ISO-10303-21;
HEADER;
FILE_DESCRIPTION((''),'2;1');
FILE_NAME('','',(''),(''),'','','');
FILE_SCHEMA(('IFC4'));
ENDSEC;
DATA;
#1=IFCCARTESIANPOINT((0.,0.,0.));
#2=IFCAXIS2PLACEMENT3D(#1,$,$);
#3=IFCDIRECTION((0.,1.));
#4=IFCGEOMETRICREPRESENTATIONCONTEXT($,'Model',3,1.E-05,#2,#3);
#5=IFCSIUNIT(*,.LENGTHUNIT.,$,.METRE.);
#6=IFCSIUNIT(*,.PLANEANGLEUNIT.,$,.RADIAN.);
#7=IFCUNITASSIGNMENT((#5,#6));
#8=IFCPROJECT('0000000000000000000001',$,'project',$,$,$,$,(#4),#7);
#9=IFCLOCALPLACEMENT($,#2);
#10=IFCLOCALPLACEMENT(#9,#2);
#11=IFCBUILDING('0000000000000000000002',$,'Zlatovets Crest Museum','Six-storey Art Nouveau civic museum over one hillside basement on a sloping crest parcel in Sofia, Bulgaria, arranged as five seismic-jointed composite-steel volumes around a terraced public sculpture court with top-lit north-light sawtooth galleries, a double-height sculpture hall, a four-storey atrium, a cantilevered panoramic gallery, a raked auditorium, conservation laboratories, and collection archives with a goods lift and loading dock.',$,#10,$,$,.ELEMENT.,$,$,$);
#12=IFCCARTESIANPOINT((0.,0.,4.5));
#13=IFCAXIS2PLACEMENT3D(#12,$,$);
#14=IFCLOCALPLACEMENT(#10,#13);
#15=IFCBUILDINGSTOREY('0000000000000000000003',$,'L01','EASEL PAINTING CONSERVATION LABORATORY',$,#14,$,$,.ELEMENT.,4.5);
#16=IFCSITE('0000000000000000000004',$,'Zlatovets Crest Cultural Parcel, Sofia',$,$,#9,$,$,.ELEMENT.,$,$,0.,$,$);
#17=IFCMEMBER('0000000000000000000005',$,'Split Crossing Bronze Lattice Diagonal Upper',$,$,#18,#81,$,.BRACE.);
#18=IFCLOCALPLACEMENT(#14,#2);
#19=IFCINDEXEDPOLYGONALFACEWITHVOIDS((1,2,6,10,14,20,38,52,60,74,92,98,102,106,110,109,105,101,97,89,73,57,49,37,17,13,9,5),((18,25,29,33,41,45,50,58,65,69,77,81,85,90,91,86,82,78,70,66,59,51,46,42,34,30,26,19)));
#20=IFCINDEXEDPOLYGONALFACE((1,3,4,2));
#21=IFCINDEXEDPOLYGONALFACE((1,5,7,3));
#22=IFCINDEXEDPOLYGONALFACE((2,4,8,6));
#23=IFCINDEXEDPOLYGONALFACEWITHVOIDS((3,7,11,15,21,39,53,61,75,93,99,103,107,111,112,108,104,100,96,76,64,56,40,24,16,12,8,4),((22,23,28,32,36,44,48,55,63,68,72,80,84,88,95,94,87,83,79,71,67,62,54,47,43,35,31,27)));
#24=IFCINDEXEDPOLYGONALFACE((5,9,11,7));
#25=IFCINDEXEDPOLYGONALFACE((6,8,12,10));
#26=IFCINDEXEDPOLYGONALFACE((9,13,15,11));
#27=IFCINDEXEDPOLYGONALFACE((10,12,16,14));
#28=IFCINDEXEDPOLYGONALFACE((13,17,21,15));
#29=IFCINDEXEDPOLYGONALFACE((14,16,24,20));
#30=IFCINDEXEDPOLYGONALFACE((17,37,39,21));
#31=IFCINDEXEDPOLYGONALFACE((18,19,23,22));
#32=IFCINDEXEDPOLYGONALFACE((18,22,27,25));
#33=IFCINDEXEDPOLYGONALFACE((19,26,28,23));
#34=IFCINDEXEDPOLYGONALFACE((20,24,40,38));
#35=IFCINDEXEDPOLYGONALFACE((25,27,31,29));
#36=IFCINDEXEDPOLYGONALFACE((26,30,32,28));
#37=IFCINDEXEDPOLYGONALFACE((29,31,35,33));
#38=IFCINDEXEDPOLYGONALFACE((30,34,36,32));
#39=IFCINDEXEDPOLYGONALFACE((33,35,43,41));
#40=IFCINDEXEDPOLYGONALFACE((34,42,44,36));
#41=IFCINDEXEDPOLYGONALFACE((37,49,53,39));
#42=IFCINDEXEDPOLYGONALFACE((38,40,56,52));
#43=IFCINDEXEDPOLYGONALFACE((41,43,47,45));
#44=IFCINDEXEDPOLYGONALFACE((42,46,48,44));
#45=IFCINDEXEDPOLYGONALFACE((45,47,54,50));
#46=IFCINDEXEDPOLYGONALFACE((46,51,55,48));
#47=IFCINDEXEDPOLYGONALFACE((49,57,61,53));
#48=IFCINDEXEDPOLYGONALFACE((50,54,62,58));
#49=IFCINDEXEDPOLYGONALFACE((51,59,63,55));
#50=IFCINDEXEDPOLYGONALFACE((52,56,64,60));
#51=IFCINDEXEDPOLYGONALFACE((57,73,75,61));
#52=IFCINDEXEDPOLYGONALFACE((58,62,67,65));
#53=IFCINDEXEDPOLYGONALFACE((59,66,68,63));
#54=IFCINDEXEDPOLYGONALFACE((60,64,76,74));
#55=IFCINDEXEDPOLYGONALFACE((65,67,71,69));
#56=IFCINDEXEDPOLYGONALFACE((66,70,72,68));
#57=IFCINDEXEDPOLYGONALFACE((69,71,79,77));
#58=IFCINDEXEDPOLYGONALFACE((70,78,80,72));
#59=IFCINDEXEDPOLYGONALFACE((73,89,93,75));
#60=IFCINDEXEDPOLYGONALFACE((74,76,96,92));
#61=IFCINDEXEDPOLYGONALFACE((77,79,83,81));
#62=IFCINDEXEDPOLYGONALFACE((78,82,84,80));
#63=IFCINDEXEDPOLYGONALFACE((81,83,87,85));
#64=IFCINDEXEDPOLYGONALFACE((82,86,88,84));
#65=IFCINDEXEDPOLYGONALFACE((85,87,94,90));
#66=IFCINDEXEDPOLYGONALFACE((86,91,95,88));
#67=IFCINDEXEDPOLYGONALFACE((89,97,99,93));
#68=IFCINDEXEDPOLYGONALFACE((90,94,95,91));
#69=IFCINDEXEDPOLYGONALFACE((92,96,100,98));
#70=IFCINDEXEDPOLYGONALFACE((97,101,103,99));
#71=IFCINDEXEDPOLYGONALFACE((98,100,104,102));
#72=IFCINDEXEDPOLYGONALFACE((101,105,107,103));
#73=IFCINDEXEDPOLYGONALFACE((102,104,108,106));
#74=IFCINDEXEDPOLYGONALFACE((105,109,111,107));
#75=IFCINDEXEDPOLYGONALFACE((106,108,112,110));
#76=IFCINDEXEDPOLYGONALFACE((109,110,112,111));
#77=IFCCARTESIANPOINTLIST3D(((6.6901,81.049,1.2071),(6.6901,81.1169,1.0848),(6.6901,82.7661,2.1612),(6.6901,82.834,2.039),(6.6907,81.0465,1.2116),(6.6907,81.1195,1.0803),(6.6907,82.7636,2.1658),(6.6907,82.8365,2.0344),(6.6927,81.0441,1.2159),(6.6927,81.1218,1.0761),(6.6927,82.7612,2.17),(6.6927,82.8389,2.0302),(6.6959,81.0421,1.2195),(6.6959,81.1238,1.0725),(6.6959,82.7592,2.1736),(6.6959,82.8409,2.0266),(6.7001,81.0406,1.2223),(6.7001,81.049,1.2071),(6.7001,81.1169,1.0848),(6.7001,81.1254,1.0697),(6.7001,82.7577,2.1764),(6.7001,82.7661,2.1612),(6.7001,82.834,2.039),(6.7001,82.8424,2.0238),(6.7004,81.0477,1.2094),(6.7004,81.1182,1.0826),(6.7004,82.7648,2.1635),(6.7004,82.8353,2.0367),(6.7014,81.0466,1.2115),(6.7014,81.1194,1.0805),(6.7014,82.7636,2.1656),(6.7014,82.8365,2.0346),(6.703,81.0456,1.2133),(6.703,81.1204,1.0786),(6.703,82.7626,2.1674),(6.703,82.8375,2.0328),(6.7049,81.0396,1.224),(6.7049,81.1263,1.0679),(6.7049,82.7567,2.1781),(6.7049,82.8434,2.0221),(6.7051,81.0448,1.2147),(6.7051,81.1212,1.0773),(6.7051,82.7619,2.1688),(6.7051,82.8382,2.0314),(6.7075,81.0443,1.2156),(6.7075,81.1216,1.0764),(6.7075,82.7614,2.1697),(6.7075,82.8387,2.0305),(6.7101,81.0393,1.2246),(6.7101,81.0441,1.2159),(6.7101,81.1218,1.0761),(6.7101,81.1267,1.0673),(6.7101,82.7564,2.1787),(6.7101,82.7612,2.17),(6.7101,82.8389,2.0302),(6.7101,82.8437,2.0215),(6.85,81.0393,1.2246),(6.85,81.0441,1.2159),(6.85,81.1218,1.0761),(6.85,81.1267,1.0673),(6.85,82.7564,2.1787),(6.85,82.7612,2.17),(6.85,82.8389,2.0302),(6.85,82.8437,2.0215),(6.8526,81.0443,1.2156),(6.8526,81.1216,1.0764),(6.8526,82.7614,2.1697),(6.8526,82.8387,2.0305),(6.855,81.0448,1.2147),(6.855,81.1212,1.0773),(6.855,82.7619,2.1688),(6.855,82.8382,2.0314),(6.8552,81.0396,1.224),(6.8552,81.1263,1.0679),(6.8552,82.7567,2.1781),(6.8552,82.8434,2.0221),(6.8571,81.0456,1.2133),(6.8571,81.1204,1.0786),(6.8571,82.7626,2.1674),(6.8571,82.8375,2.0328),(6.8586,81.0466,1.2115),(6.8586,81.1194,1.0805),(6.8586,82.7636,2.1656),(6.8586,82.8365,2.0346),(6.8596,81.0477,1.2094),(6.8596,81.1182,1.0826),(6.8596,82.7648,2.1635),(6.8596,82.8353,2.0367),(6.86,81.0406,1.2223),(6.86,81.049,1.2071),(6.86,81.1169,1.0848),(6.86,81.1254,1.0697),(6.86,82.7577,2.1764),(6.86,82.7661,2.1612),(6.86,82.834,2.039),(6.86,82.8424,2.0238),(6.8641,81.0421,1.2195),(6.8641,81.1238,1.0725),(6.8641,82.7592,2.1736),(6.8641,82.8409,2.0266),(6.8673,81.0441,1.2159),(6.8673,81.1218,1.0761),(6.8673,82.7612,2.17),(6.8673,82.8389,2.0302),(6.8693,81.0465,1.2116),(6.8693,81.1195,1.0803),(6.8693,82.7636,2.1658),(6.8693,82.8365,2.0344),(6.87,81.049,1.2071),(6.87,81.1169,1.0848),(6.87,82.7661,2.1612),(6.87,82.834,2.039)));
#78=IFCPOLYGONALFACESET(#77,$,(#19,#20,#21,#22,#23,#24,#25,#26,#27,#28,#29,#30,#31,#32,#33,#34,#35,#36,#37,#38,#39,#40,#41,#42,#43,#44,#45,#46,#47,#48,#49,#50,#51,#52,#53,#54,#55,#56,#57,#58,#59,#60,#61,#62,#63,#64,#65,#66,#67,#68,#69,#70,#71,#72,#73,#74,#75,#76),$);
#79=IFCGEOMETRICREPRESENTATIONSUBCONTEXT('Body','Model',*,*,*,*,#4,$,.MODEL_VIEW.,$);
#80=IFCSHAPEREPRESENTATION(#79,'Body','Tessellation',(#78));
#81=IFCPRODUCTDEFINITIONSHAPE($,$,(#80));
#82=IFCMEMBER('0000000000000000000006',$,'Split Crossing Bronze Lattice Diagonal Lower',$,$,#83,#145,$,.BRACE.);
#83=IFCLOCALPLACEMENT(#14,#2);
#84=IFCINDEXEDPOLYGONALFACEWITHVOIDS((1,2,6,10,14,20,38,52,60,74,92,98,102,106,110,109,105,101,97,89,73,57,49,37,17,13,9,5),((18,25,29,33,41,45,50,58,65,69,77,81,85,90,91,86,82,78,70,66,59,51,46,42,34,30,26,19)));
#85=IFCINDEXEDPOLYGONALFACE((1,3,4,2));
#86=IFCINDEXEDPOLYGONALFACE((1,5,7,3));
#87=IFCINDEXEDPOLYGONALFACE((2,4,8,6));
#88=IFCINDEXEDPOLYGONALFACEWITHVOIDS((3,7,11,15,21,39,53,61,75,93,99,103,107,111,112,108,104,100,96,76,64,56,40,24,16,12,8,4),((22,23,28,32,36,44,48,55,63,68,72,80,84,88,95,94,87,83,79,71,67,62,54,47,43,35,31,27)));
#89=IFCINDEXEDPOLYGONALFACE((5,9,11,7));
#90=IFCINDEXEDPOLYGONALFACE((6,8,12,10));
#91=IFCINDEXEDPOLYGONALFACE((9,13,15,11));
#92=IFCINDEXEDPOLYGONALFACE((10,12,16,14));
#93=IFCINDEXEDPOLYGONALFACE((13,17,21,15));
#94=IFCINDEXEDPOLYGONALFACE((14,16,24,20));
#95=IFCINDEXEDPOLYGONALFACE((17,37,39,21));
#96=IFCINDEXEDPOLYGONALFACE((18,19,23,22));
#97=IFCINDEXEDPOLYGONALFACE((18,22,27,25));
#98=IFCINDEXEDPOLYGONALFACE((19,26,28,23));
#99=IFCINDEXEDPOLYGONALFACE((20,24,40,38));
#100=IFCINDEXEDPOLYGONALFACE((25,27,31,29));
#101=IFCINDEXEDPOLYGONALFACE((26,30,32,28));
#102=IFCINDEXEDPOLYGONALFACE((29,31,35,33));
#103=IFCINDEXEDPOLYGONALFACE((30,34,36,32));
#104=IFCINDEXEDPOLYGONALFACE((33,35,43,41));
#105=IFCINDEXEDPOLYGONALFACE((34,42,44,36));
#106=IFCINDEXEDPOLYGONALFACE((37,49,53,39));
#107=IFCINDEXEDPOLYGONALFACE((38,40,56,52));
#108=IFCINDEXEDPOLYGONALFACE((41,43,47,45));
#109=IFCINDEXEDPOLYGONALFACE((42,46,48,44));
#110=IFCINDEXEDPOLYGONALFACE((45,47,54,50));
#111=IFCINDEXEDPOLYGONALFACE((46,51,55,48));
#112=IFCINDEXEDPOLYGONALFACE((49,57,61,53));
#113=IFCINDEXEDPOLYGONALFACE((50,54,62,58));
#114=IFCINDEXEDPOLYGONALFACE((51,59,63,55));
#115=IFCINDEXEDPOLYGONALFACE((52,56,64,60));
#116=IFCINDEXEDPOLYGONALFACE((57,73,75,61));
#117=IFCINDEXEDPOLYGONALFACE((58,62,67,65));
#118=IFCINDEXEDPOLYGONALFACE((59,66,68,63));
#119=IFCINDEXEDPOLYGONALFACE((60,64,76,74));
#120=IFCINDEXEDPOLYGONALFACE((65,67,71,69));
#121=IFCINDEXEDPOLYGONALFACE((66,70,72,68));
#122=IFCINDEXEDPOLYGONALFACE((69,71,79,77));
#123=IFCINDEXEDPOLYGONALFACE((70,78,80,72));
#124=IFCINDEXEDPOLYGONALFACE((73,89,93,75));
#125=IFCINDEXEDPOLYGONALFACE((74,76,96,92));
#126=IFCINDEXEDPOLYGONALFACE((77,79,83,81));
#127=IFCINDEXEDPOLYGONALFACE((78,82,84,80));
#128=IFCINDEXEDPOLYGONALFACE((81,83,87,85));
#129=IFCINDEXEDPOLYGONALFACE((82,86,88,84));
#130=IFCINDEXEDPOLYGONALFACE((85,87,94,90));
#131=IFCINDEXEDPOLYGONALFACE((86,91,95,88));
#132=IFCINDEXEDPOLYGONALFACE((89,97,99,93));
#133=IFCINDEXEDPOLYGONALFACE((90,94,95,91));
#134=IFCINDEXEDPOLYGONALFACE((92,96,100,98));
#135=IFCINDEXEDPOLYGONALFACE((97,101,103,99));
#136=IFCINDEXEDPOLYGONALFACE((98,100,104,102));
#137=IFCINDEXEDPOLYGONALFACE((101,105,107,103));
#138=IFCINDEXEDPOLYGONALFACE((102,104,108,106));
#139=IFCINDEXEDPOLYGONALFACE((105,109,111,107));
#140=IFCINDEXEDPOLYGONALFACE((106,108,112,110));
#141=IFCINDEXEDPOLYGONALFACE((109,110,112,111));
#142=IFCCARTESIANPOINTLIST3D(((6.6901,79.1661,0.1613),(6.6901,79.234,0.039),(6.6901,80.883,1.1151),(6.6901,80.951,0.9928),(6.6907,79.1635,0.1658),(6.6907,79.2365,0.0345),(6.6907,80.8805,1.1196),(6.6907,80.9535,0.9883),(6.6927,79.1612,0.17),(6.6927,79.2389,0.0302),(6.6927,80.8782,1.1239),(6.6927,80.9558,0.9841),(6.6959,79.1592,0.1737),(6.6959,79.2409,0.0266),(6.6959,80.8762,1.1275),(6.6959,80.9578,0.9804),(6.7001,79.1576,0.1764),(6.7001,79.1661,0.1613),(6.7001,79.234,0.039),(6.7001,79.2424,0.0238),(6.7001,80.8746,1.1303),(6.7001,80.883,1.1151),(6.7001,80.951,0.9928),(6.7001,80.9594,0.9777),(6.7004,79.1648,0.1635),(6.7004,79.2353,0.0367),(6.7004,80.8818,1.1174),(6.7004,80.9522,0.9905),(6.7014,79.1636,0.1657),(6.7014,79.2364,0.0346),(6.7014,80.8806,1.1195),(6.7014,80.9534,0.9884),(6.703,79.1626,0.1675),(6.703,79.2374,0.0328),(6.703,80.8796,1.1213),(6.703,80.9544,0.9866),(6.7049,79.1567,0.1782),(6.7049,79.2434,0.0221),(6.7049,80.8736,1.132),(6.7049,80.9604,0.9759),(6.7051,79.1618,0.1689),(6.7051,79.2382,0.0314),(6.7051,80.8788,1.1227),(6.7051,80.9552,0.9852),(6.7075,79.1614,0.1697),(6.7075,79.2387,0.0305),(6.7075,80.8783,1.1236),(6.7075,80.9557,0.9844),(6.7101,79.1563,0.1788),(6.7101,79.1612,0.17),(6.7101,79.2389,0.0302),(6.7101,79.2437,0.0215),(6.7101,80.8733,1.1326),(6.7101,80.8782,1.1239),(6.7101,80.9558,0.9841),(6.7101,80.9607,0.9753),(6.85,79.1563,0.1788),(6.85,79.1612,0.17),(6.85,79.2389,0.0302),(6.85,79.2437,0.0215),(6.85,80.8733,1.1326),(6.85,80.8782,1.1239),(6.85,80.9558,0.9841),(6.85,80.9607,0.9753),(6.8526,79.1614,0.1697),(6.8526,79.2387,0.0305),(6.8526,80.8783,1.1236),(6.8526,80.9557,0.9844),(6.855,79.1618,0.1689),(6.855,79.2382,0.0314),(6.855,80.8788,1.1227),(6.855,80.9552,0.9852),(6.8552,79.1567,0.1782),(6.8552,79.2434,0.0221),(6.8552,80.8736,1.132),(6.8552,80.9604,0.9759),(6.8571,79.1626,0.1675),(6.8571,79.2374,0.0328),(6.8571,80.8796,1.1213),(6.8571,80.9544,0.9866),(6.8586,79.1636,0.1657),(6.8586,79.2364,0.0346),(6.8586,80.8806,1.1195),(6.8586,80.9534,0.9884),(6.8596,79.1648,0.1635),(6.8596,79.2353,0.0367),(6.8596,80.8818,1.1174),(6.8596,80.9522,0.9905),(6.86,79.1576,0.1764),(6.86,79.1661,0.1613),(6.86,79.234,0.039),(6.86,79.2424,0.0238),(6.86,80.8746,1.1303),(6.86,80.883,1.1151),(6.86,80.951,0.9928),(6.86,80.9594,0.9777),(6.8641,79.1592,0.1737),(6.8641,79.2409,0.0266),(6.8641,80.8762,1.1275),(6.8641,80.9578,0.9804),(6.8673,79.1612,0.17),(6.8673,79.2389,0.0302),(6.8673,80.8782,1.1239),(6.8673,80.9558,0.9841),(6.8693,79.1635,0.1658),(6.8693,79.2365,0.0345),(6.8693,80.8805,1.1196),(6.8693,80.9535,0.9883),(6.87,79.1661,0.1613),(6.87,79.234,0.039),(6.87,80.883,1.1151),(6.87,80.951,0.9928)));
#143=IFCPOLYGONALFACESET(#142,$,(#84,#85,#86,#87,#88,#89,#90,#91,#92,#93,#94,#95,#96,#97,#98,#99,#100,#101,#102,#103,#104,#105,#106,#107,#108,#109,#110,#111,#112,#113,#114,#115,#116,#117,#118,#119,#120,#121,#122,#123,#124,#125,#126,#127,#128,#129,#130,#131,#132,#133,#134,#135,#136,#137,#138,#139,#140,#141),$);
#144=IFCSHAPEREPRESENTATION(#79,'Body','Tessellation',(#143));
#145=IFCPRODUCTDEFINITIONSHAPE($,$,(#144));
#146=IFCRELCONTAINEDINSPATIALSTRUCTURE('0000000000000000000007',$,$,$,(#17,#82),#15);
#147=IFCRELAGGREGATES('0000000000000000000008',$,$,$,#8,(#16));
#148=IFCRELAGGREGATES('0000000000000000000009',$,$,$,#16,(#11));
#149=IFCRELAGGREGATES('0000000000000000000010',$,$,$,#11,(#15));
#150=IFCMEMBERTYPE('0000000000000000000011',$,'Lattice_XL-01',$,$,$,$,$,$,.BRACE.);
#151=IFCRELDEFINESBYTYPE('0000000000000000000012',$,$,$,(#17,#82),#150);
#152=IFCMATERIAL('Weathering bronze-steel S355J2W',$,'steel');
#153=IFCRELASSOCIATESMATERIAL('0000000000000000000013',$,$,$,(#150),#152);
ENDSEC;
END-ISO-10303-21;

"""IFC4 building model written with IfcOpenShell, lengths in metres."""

from ifc_helpers import new_model, si_unit, direction, frame, origin, origin_2d, place, context, subcontext, project, spatial, hollow_rectangle, extrude, material, material_profile, profile_set, type_object, element, save


model = new_model("IFC4")

# Units and contexts
model_context = context("Model", 3, precision=1e-05, world=origin(), true_north=direction((0.0, 1.0)))
body_context = subcontext(model_context, "Body", "Model", "MODEL_VIEW")
ifc_project = project(units=[si_unit("LENGTHUNIT", "METRE"), si_unit("PLANEANGLEUNIT", "RADIAN")], contexts=[model_context])

# Site, building, storey
site_placement = place(None, origin())
site = spatial("IfcSite", under=ifc_project, at=site_placement, Name="Zlatovets Crest Cultural Parcel, Sofia", CompositionType="ELEMENT", RefElevation=0.0)
building_placement = place(site_placement, origin())
building = spatial("IfcBuilding", under=site, at=building_placement, Name="Zlatovets Crest Museum", Description="Six-storey Art Nouveau civic museum over one hillside basement on a sloping crest parcel in Sofia, Bulgaria, arranged as five seismic-jointed composite-steel volumes around a terraced public sculpture court with top-lit north-light sawtooth galleries, a double-height sculpture hall, a four-storey atrium, a cantilevered panoramic gallery, a raked auditorium, conservation laboratories, and collection archives with a goods lift and loading dock.", CompositionType="ELEMENT")
storey_placement = place(building_placement, frame((0.0, 0.0, 4.5)))
storey = spatial("IfcBuildingStorey", under=building, at=storey_placement, Name="L01", Description="EASEL PAINTING CONSERVATION LABORATORY", CompositionType="ELEMENT", Elevation=4.5)

# Members
ifc_material_1 = material(Name="Weathering bronze-steel S355J2W", Category="steel")
ifc_material_profile_1 = material_profile(ifc_material_1, hollow_rectangle(XDim=0.1799, YDim=0.1799, WallThickness=0.01, InnerFilletRadius=0.01, OuterFilletRadius=0.02, at=origin_2d()), Name="SHS 180x180x10.0")
ifc_profile_set_1 = profile_set([ifc_material_profile_1], Name="Weathering bronze-steel S355J2W")
member_type_1 = type_object("IfcMemberType", Name="Lattice_XL-01", PredefinedType="BRACE", material=ifc_profile_set_1)
member_1_placement = place(storey_placement, frame((6.78, 82.8, 2.1001), z_axis=(0.0, -0.874116, -0.485717), x_axis=(1.0, 0.0, 0.0)))
element("IfcMember", 1, at=member_1_placement, inside=storey, type_object=member_type_1, Name="Split Crossing Bronze Lattice Diagonal Upper", PredefinedType="BRACE", context=body_context, shape_type="SweptSolid", body=[
    extrude(hollow_rectangle(XDim=0.1799, YDim=0.1799, WallThickness=0.01, InnerFilletRadius=0.01, OuterFilletRadius=0.02, at=origin_2d()), origin(), (0.0, 0.0, 1.0), 1.9644),
])
member_2_placement = place(storey_placement, frame((6.78, 80.917, 1.054), z_axis=(0.0, -0.874169, -0.485622), x_axis=(1.0, 0.0, 0.0)))
element("IfcMember", 2, at=member_2_placement, inside=storey, type_object=member_type_1, Name="Split Crossing Bronze Lattice Diagonal Lower", PredefinedType="BRACE", context=body_context, shape_type="SweptSolid", body=[
    extrude(hollow_rectangle(XDim=0.1799, YDim=0.1799, WallThickness=0.01, InnerFilletRadius=0.01, OuterFilletRadius=0.02, at=origin_2d()), origin(), (0.0, 0.0, 1.0), 1.9641),
])

save(model, "model.ifc")
